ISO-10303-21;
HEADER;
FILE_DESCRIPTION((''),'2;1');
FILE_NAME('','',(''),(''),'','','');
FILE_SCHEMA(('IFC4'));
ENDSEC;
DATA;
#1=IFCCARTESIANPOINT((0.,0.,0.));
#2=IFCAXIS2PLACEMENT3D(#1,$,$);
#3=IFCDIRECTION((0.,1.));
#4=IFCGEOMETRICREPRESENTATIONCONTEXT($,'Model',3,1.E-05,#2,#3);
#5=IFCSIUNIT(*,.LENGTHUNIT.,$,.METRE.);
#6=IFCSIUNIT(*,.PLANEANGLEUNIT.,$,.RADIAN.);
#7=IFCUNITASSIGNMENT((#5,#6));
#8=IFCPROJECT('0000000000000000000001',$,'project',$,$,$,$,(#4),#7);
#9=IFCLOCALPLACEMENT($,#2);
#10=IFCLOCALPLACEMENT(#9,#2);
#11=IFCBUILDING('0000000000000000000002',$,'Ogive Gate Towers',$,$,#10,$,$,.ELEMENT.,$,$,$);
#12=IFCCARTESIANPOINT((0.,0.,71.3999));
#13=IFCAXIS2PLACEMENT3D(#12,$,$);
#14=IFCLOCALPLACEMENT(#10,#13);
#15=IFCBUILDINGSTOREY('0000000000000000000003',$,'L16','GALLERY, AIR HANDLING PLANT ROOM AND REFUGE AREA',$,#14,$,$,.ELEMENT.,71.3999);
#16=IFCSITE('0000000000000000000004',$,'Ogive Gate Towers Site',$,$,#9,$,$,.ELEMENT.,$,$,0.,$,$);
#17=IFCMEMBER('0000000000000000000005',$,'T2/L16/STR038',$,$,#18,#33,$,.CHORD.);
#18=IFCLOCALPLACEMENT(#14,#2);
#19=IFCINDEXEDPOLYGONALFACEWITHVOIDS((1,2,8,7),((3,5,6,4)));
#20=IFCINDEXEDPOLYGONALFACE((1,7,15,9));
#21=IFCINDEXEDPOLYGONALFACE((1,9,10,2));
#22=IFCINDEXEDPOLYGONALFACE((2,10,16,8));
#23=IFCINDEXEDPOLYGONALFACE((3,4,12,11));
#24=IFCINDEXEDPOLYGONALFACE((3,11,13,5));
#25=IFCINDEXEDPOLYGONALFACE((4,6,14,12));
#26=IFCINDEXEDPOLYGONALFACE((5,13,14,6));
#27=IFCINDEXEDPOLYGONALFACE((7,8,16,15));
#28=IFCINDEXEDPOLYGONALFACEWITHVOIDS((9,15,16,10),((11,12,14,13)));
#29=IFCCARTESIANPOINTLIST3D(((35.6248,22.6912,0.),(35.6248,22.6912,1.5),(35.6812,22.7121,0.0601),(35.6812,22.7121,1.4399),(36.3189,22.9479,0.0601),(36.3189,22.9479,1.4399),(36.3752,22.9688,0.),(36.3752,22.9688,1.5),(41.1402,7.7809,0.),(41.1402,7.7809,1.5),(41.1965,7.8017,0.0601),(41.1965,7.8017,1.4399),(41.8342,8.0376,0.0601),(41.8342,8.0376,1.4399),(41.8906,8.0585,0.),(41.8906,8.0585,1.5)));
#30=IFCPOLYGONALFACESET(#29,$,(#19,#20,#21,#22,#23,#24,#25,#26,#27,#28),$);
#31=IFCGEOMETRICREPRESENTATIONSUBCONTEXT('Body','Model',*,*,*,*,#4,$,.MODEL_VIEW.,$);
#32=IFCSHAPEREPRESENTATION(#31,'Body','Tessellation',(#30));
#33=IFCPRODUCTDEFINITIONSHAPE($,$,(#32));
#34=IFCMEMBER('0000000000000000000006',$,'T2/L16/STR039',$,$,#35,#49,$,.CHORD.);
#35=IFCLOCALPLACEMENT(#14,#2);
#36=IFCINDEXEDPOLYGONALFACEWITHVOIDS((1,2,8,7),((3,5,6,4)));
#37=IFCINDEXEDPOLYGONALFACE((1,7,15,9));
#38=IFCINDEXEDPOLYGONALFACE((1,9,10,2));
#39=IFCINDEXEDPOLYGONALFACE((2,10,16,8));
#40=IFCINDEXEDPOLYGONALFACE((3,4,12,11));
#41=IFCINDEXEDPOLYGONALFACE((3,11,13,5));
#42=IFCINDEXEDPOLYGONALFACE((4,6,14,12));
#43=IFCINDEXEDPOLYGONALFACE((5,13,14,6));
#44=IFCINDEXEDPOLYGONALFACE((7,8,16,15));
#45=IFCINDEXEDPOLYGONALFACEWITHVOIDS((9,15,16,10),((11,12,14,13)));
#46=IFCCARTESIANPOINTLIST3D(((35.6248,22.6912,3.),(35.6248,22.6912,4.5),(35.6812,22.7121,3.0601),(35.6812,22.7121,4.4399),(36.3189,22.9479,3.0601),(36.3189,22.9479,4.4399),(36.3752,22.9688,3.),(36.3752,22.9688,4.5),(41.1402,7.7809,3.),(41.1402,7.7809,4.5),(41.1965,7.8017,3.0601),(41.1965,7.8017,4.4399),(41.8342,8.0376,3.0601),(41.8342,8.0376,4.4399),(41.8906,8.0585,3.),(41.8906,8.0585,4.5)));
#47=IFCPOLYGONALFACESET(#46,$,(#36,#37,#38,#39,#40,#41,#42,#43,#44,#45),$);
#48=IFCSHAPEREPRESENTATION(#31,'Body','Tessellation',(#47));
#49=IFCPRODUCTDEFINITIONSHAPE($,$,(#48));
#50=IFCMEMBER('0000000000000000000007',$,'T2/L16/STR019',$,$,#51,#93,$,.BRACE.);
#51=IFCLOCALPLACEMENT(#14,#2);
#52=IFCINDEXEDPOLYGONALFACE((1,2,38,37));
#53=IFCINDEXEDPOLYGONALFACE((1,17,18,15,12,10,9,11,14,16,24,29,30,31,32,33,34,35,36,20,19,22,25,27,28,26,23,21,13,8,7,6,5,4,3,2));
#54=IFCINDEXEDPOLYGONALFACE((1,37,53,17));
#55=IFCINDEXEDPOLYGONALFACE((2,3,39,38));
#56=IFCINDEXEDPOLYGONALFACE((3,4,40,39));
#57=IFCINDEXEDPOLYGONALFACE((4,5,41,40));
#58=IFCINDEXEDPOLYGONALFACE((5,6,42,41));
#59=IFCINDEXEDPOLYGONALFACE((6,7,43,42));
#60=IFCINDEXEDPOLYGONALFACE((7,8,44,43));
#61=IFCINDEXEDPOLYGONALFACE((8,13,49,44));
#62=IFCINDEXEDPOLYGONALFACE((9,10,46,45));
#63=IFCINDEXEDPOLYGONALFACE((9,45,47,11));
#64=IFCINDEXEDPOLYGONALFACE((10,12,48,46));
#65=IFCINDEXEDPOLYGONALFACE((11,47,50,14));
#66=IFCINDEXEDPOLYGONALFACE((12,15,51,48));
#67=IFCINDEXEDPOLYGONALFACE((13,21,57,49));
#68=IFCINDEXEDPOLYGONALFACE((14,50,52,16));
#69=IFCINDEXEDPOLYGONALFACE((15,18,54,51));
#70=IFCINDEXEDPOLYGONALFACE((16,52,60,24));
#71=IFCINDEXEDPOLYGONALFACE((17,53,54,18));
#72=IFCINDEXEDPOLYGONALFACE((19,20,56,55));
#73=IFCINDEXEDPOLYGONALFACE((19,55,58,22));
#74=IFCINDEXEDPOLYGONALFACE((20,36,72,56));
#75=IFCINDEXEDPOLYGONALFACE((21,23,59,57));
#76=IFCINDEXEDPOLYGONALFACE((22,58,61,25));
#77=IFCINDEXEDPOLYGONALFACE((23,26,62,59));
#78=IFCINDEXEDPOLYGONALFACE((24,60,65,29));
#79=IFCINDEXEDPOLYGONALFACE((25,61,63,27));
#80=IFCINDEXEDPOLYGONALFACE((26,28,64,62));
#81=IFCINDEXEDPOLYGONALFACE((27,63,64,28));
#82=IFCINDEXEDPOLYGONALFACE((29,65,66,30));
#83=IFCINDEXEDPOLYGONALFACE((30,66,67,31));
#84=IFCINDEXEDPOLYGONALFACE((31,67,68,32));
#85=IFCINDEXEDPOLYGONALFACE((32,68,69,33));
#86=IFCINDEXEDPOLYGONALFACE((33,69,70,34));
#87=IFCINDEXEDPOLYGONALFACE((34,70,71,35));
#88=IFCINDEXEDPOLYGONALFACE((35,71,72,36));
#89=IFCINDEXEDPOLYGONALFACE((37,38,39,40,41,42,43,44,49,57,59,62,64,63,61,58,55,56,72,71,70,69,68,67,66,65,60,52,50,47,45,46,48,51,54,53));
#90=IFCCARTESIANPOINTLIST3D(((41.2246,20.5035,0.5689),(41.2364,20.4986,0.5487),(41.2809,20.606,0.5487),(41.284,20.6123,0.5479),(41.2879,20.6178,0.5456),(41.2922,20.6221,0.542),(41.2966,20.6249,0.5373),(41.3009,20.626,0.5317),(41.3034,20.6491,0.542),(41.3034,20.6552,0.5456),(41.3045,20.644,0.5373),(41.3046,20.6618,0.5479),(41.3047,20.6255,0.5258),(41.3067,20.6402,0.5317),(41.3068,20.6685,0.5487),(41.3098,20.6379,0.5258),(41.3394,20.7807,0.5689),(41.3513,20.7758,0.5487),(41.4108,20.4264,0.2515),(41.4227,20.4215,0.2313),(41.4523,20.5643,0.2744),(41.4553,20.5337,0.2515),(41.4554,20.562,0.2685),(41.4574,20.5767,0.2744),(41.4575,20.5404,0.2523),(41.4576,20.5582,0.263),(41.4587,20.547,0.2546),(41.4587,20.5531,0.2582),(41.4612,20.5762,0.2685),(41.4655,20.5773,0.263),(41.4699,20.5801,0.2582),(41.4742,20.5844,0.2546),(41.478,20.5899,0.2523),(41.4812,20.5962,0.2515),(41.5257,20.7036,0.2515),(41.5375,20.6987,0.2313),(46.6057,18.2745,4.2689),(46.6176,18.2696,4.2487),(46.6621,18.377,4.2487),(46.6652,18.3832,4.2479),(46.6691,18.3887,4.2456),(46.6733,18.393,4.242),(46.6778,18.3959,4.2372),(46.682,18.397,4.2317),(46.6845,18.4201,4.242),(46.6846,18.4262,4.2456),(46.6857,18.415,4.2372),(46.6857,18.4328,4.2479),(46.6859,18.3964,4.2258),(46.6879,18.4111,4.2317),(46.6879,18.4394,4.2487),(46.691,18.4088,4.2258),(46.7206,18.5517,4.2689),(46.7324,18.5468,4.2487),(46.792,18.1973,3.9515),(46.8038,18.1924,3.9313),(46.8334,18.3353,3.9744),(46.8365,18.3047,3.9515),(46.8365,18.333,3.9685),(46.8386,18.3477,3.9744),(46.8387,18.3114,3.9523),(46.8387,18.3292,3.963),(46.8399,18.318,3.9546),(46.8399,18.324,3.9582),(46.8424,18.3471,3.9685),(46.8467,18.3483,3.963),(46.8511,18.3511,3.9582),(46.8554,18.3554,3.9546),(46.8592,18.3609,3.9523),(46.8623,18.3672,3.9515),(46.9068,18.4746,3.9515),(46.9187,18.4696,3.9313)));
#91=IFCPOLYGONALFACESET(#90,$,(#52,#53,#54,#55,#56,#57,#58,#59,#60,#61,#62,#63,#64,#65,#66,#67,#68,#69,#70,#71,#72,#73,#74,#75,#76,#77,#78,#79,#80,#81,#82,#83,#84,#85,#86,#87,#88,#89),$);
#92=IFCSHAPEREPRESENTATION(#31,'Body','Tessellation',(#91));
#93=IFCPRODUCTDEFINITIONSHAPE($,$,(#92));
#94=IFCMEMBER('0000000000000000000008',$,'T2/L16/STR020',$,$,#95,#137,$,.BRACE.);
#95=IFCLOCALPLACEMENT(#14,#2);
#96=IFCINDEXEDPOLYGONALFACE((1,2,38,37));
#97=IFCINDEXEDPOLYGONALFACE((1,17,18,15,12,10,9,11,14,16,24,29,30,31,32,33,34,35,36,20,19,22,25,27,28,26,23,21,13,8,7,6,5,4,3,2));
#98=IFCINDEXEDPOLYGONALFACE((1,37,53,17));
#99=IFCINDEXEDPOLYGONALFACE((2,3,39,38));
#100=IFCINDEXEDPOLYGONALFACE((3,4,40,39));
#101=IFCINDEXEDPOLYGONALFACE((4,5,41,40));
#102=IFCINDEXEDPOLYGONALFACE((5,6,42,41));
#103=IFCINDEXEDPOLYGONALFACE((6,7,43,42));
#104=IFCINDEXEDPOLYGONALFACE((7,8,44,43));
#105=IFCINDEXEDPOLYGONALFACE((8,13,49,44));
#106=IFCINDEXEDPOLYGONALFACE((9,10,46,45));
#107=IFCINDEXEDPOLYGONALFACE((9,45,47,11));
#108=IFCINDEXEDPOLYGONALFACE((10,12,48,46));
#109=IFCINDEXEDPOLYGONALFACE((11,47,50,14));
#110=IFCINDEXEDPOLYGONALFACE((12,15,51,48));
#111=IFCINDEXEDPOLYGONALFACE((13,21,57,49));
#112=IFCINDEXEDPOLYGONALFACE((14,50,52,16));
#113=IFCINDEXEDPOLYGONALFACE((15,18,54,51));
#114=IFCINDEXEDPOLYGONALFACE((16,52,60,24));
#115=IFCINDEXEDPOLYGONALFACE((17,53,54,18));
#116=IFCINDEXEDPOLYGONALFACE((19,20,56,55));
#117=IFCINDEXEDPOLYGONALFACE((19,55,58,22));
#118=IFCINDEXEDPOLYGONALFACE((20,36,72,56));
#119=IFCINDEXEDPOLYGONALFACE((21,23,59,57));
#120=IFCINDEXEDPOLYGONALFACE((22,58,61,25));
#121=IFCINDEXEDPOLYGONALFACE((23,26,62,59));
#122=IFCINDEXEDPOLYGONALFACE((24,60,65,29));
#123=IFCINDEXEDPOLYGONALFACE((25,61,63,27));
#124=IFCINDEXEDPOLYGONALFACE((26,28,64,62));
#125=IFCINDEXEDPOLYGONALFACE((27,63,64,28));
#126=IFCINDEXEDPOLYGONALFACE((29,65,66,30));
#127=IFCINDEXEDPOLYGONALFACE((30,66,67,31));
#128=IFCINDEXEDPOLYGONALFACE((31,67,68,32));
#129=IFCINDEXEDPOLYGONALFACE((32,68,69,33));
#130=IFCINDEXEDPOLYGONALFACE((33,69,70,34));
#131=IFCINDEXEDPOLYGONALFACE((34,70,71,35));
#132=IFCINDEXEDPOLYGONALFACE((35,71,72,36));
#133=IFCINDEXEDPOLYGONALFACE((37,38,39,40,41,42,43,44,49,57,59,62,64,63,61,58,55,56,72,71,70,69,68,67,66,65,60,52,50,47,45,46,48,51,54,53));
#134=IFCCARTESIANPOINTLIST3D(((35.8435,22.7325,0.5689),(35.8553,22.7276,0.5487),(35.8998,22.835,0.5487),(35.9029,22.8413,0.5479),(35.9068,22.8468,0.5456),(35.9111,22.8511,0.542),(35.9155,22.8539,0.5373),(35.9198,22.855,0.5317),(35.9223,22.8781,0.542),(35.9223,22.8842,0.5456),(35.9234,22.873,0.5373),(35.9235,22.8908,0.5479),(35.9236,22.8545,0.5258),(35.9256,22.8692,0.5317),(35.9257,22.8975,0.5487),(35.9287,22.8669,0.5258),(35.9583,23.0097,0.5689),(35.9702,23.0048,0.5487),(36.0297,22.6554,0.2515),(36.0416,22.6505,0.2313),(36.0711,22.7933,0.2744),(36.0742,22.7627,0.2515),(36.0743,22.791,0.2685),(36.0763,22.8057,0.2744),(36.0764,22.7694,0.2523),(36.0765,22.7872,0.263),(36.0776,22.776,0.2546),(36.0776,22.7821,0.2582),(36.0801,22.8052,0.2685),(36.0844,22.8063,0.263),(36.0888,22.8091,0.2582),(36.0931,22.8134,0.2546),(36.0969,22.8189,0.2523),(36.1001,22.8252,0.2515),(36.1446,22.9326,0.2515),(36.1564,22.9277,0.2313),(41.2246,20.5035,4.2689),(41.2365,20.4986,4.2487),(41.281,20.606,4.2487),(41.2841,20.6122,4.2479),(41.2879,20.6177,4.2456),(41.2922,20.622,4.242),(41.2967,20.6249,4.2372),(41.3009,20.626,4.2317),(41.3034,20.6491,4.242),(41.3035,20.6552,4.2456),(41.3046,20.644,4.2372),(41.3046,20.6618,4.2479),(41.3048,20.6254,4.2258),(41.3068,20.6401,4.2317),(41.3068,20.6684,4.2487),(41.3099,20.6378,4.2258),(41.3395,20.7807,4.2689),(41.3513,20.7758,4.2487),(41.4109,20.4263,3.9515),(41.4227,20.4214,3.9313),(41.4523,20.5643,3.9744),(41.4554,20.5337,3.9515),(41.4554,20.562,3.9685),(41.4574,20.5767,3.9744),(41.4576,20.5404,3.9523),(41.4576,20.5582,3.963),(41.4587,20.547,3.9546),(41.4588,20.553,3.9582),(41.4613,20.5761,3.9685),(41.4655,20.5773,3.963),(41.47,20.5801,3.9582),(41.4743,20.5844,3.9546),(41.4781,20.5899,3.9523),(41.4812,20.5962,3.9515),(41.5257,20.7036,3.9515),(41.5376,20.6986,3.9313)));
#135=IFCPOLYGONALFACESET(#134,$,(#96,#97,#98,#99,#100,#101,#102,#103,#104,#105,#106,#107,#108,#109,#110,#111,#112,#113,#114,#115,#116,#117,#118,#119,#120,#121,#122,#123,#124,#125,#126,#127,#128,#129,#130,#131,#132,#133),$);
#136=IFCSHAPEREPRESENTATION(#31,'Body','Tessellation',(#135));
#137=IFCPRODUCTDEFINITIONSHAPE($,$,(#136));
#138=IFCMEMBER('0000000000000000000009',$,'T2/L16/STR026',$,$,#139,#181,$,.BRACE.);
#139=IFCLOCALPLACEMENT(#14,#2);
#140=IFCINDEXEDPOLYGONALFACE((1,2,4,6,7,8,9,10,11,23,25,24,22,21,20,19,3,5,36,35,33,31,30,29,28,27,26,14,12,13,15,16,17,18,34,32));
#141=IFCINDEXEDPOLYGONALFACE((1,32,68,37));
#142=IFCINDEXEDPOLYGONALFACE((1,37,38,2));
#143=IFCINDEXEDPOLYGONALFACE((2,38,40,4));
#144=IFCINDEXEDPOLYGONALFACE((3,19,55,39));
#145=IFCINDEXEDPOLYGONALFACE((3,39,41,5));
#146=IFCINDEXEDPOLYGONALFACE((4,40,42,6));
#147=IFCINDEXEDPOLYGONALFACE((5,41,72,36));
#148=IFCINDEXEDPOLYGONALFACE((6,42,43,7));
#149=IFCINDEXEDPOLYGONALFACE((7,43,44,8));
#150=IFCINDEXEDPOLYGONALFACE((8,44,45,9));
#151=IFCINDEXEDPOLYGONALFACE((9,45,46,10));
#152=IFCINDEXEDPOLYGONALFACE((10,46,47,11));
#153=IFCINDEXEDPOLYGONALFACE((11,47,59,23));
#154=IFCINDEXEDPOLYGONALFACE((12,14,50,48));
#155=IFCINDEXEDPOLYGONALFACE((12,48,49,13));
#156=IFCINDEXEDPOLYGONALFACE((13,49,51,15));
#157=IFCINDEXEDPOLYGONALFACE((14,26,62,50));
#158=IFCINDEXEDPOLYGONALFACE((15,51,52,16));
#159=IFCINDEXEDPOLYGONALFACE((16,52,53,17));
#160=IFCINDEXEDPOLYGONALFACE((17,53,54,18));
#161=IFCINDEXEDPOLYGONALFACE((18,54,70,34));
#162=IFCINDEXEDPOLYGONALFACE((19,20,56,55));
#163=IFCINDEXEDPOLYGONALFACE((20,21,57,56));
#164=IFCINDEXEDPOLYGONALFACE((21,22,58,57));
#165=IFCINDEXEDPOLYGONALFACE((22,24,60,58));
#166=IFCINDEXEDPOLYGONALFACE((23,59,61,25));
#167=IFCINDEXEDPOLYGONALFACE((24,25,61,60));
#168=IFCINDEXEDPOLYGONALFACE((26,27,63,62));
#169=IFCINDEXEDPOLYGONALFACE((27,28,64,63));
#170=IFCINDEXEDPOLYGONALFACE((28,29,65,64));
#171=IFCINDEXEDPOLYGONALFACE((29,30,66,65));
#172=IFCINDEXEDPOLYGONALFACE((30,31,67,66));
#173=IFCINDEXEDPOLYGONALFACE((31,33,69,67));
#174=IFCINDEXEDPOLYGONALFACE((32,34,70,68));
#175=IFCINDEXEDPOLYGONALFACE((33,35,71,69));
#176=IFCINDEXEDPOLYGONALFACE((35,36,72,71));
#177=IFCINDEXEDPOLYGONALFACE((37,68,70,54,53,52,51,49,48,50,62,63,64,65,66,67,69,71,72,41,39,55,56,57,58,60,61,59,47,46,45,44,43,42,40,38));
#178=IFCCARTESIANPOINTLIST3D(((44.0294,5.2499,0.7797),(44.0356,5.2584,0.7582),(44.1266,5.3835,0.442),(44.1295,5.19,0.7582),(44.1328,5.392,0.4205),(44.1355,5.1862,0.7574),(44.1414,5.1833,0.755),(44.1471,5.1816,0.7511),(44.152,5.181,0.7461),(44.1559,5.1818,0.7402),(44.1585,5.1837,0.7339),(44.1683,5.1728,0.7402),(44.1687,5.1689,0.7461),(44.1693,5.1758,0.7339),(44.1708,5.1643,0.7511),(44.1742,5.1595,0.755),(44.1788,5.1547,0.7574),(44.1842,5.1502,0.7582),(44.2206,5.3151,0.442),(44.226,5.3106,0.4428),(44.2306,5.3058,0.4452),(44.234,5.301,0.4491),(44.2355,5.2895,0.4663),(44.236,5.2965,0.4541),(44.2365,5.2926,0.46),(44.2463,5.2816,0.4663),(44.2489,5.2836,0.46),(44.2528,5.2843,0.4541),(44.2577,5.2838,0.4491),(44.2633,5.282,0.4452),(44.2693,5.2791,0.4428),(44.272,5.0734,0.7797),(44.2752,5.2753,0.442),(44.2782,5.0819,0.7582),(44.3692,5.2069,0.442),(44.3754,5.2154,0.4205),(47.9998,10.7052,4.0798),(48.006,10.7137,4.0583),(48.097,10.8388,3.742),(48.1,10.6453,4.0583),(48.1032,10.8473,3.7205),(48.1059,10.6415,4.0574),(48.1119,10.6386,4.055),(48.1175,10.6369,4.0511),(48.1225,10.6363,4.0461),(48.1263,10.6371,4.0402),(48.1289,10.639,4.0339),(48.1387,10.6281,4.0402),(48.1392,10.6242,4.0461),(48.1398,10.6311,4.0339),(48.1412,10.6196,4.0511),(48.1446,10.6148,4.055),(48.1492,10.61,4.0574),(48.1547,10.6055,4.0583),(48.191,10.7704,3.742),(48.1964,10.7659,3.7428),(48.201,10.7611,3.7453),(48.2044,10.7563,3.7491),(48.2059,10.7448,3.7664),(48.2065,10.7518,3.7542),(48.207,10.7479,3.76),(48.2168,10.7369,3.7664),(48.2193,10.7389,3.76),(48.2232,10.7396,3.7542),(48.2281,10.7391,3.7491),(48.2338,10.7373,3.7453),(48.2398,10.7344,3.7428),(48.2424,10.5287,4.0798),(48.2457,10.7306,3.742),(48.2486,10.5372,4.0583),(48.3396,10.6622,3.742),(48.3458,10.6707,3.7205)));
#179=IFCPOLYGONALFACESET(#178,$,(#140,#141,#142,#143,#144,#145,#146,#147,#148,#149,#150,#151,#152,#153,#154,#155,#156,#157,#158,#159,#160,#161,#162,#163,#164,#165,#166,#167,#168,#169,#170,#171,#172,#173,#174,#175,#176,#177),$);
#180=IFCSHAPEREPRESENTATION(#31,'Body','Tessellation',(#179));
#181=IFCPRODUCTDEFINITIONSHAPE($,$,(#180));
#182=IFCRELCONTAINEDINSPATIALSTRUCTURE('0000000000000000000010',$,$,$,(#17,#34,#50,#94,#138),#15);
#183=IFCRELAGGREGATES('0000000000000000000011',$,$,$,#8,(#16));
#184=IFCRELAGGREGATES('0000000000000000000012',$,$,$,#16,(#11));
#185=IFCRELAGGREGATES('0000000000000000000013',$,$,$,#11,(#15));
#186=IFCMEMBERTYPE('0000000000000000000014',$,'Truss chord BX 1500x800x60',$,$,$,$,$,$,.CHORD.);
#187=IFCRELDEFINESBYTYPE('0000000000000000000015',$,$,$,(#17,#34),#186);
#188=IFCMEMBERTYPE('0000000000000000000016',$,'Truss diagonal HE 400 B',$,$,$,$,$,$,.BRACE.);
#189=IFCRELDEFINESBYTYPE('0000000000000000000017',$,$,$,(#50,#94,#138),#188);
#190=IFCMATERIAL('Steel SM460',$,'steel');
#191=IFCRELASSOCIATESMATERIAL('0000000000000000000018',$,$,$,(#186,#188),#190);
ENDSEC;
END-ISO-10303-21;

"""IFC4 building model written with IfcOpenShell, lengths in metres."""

from ifc_helpers import new_model, si_unit, direction, frame, origin, origin_2d, place, context, subcontext, project, spatial, hollow_rectangle, i_section, extrude, material, material_profile, profile_set, type_object, element, save


model = new_model("IFC4")

# Units and contexts
model_context = context("Model", 3, precision=1e-05, world=origin(), true_north=direction((0.0, 1.0)))
body_context = subcontext(model_context, "Body", "Model", "MODEL_VIEW")
ifc_project = project(units=[si_unit("LENGTHUNIT", "METRE"), si_unit("PLANEANGLEUNIT", "RADIAN")], contexts=[model_context])

# Site, building, storey
site_placement = place(None, origin())
site = spatial("IfcSite", under=ifc_project, at=site_placement, Name="Ogive Gate Towers Site", CompositionType="ELEMENT", RefElevation=0.0)
building_placement = place(site_placement, origin())
building = spatial("IfcBuilding", under=site, at=building_placement, Name="Ogive Gate Towers", CompositionType="ELEMENT")
storey_placement = place(building_placement, frame((0.0, 0.0, 71.3999)))
storey = spatial("IfcBuildingStorey", under=building, at=storey_placement, Name="L16", Description="GALLERY, AIR HANDLING PLANT ROOM AND REFUGE AREA", CompositionType="ELEMENT", Elevation=71.3999)

# Shared definitions
ifc_material_1 = material(Name="Steel SM460", Category="steel")

# Members
ifc_material_profile_1 = material_profile(ifc_material_1, hollow_rectangle(XDim=0.8, YDim=1.5, WallThickness=0.0601, at=origin_2d()), Name="BX 1500x800x60")
ifc_profile_set_1 = profile_set([ifc_material_profile_1], Name="Steel SM460")
member_type_1 = type_object("IfcMemberType", Name="Truss chord BX 1500x800x60", PredefinedType="CHORD", material=ifc_profile_set_1)
for number, where, z_axis, x_axis, name in (
    (1, (41.5154, 7.9197, 0.75), (-0.346928, 0.937892, 0.0), (-0.937892, -0.346928, 0.0), "T2/L16/STR038"),
    (2, (41.5154, 7.9197, 3.75), (-0.346928, 0.937892, 0.0), (-0.937892, -0.346928, 0.0), "T2/L16/STR039"),
):
    element("IfcMember", number, at=place(storey_placement, frame(where, z_axis=z_axis, x_axis=x_axis)), inside=storey, type_object=member_type_1, Name=name, PredefinedType="CHORD", context=body_context, shape_type="SweptSolid", body=[
        extrude(hollow_rectangle(XDim=0.8, YDim=1.5, WallThickness=0.0601, at=origin_2d()), origin(), (0.0, 0.0, 1.0), 15.8977),
    ])
ifc_material_profile_2 = material_profile(ifc_material_1, i_section(OverallWidth=0.3, OverallDepth=0.3999, WebThickness=0.0134, FlangeThickness=0.0239, FilletRadius=0.0271, at=origin_2d()), Name="HE 400 B")
ifc_profile_set_2 = profile_set([ifc_material_profile_2], Name="Steel SM460")
member_type_2 = type_object("IfcMemberType", Name="Truss diagonal HE 400 B", PredefinedType="BRACE", material=ifc_profile_set_2)
for number, where, z_axis, x_axis, name in (
    (3, (46.7622, 18.3721, 4.1001), (-0.779834, 0.323029, -0.5362), (-0.382695, -0.923875, 0.0), "T2/L16/STR019"),
    (4, (41.3811, 20.6011, 4.1001), (-0.779834, 0.323029, -0.5362), (-0.382695, -0.923875, 0.0), "T2/L16/STR020"),
):
    element("IfcMember", number, at=place(storey_placement, frame(where, z_axis=z_axis, x_axis=x_axis)), inside=storey, type_object=member_type_2, Name=name, PredefinedType="BRACE", context=body_context, shape_type="SweptSolid", body=[
        extrude(i_section(OverallWidth=0.3, OverallDepth=0.3999, WebThickness=0.0134, FlangeThickness=0.0239, FilletRadius=0.0271, at=origin_2d()), origin(), (0.0, 0.0, 1.0), 6.9004),
    ])
member_1_placement = place(storey_placement, frame((44.2024, 5.2327, 0.6001), z_axis=(0.528618, 0.726309, 0.439361), x_axis=(-0.808528, 0.588458, 0.0)))
element("IfcMember", 5, at=member_1_placement, inside=storey, type_object=member_type_2, Name="T2/L16/STR026", PredefinedType="BRACE", context=body_context, shape_type="SweptSolid", body=[
    extrude(i_section(OverallWidth=0.3, OverallDepth=0.3999, WebThickness=0.0134, FlangeThickness=0.0239, FilletRadius=0.0271, at=origin_2d()), origin(), (0.0, 0.0, 1.0), 7.511),
])

save(model, "model.ifc")
